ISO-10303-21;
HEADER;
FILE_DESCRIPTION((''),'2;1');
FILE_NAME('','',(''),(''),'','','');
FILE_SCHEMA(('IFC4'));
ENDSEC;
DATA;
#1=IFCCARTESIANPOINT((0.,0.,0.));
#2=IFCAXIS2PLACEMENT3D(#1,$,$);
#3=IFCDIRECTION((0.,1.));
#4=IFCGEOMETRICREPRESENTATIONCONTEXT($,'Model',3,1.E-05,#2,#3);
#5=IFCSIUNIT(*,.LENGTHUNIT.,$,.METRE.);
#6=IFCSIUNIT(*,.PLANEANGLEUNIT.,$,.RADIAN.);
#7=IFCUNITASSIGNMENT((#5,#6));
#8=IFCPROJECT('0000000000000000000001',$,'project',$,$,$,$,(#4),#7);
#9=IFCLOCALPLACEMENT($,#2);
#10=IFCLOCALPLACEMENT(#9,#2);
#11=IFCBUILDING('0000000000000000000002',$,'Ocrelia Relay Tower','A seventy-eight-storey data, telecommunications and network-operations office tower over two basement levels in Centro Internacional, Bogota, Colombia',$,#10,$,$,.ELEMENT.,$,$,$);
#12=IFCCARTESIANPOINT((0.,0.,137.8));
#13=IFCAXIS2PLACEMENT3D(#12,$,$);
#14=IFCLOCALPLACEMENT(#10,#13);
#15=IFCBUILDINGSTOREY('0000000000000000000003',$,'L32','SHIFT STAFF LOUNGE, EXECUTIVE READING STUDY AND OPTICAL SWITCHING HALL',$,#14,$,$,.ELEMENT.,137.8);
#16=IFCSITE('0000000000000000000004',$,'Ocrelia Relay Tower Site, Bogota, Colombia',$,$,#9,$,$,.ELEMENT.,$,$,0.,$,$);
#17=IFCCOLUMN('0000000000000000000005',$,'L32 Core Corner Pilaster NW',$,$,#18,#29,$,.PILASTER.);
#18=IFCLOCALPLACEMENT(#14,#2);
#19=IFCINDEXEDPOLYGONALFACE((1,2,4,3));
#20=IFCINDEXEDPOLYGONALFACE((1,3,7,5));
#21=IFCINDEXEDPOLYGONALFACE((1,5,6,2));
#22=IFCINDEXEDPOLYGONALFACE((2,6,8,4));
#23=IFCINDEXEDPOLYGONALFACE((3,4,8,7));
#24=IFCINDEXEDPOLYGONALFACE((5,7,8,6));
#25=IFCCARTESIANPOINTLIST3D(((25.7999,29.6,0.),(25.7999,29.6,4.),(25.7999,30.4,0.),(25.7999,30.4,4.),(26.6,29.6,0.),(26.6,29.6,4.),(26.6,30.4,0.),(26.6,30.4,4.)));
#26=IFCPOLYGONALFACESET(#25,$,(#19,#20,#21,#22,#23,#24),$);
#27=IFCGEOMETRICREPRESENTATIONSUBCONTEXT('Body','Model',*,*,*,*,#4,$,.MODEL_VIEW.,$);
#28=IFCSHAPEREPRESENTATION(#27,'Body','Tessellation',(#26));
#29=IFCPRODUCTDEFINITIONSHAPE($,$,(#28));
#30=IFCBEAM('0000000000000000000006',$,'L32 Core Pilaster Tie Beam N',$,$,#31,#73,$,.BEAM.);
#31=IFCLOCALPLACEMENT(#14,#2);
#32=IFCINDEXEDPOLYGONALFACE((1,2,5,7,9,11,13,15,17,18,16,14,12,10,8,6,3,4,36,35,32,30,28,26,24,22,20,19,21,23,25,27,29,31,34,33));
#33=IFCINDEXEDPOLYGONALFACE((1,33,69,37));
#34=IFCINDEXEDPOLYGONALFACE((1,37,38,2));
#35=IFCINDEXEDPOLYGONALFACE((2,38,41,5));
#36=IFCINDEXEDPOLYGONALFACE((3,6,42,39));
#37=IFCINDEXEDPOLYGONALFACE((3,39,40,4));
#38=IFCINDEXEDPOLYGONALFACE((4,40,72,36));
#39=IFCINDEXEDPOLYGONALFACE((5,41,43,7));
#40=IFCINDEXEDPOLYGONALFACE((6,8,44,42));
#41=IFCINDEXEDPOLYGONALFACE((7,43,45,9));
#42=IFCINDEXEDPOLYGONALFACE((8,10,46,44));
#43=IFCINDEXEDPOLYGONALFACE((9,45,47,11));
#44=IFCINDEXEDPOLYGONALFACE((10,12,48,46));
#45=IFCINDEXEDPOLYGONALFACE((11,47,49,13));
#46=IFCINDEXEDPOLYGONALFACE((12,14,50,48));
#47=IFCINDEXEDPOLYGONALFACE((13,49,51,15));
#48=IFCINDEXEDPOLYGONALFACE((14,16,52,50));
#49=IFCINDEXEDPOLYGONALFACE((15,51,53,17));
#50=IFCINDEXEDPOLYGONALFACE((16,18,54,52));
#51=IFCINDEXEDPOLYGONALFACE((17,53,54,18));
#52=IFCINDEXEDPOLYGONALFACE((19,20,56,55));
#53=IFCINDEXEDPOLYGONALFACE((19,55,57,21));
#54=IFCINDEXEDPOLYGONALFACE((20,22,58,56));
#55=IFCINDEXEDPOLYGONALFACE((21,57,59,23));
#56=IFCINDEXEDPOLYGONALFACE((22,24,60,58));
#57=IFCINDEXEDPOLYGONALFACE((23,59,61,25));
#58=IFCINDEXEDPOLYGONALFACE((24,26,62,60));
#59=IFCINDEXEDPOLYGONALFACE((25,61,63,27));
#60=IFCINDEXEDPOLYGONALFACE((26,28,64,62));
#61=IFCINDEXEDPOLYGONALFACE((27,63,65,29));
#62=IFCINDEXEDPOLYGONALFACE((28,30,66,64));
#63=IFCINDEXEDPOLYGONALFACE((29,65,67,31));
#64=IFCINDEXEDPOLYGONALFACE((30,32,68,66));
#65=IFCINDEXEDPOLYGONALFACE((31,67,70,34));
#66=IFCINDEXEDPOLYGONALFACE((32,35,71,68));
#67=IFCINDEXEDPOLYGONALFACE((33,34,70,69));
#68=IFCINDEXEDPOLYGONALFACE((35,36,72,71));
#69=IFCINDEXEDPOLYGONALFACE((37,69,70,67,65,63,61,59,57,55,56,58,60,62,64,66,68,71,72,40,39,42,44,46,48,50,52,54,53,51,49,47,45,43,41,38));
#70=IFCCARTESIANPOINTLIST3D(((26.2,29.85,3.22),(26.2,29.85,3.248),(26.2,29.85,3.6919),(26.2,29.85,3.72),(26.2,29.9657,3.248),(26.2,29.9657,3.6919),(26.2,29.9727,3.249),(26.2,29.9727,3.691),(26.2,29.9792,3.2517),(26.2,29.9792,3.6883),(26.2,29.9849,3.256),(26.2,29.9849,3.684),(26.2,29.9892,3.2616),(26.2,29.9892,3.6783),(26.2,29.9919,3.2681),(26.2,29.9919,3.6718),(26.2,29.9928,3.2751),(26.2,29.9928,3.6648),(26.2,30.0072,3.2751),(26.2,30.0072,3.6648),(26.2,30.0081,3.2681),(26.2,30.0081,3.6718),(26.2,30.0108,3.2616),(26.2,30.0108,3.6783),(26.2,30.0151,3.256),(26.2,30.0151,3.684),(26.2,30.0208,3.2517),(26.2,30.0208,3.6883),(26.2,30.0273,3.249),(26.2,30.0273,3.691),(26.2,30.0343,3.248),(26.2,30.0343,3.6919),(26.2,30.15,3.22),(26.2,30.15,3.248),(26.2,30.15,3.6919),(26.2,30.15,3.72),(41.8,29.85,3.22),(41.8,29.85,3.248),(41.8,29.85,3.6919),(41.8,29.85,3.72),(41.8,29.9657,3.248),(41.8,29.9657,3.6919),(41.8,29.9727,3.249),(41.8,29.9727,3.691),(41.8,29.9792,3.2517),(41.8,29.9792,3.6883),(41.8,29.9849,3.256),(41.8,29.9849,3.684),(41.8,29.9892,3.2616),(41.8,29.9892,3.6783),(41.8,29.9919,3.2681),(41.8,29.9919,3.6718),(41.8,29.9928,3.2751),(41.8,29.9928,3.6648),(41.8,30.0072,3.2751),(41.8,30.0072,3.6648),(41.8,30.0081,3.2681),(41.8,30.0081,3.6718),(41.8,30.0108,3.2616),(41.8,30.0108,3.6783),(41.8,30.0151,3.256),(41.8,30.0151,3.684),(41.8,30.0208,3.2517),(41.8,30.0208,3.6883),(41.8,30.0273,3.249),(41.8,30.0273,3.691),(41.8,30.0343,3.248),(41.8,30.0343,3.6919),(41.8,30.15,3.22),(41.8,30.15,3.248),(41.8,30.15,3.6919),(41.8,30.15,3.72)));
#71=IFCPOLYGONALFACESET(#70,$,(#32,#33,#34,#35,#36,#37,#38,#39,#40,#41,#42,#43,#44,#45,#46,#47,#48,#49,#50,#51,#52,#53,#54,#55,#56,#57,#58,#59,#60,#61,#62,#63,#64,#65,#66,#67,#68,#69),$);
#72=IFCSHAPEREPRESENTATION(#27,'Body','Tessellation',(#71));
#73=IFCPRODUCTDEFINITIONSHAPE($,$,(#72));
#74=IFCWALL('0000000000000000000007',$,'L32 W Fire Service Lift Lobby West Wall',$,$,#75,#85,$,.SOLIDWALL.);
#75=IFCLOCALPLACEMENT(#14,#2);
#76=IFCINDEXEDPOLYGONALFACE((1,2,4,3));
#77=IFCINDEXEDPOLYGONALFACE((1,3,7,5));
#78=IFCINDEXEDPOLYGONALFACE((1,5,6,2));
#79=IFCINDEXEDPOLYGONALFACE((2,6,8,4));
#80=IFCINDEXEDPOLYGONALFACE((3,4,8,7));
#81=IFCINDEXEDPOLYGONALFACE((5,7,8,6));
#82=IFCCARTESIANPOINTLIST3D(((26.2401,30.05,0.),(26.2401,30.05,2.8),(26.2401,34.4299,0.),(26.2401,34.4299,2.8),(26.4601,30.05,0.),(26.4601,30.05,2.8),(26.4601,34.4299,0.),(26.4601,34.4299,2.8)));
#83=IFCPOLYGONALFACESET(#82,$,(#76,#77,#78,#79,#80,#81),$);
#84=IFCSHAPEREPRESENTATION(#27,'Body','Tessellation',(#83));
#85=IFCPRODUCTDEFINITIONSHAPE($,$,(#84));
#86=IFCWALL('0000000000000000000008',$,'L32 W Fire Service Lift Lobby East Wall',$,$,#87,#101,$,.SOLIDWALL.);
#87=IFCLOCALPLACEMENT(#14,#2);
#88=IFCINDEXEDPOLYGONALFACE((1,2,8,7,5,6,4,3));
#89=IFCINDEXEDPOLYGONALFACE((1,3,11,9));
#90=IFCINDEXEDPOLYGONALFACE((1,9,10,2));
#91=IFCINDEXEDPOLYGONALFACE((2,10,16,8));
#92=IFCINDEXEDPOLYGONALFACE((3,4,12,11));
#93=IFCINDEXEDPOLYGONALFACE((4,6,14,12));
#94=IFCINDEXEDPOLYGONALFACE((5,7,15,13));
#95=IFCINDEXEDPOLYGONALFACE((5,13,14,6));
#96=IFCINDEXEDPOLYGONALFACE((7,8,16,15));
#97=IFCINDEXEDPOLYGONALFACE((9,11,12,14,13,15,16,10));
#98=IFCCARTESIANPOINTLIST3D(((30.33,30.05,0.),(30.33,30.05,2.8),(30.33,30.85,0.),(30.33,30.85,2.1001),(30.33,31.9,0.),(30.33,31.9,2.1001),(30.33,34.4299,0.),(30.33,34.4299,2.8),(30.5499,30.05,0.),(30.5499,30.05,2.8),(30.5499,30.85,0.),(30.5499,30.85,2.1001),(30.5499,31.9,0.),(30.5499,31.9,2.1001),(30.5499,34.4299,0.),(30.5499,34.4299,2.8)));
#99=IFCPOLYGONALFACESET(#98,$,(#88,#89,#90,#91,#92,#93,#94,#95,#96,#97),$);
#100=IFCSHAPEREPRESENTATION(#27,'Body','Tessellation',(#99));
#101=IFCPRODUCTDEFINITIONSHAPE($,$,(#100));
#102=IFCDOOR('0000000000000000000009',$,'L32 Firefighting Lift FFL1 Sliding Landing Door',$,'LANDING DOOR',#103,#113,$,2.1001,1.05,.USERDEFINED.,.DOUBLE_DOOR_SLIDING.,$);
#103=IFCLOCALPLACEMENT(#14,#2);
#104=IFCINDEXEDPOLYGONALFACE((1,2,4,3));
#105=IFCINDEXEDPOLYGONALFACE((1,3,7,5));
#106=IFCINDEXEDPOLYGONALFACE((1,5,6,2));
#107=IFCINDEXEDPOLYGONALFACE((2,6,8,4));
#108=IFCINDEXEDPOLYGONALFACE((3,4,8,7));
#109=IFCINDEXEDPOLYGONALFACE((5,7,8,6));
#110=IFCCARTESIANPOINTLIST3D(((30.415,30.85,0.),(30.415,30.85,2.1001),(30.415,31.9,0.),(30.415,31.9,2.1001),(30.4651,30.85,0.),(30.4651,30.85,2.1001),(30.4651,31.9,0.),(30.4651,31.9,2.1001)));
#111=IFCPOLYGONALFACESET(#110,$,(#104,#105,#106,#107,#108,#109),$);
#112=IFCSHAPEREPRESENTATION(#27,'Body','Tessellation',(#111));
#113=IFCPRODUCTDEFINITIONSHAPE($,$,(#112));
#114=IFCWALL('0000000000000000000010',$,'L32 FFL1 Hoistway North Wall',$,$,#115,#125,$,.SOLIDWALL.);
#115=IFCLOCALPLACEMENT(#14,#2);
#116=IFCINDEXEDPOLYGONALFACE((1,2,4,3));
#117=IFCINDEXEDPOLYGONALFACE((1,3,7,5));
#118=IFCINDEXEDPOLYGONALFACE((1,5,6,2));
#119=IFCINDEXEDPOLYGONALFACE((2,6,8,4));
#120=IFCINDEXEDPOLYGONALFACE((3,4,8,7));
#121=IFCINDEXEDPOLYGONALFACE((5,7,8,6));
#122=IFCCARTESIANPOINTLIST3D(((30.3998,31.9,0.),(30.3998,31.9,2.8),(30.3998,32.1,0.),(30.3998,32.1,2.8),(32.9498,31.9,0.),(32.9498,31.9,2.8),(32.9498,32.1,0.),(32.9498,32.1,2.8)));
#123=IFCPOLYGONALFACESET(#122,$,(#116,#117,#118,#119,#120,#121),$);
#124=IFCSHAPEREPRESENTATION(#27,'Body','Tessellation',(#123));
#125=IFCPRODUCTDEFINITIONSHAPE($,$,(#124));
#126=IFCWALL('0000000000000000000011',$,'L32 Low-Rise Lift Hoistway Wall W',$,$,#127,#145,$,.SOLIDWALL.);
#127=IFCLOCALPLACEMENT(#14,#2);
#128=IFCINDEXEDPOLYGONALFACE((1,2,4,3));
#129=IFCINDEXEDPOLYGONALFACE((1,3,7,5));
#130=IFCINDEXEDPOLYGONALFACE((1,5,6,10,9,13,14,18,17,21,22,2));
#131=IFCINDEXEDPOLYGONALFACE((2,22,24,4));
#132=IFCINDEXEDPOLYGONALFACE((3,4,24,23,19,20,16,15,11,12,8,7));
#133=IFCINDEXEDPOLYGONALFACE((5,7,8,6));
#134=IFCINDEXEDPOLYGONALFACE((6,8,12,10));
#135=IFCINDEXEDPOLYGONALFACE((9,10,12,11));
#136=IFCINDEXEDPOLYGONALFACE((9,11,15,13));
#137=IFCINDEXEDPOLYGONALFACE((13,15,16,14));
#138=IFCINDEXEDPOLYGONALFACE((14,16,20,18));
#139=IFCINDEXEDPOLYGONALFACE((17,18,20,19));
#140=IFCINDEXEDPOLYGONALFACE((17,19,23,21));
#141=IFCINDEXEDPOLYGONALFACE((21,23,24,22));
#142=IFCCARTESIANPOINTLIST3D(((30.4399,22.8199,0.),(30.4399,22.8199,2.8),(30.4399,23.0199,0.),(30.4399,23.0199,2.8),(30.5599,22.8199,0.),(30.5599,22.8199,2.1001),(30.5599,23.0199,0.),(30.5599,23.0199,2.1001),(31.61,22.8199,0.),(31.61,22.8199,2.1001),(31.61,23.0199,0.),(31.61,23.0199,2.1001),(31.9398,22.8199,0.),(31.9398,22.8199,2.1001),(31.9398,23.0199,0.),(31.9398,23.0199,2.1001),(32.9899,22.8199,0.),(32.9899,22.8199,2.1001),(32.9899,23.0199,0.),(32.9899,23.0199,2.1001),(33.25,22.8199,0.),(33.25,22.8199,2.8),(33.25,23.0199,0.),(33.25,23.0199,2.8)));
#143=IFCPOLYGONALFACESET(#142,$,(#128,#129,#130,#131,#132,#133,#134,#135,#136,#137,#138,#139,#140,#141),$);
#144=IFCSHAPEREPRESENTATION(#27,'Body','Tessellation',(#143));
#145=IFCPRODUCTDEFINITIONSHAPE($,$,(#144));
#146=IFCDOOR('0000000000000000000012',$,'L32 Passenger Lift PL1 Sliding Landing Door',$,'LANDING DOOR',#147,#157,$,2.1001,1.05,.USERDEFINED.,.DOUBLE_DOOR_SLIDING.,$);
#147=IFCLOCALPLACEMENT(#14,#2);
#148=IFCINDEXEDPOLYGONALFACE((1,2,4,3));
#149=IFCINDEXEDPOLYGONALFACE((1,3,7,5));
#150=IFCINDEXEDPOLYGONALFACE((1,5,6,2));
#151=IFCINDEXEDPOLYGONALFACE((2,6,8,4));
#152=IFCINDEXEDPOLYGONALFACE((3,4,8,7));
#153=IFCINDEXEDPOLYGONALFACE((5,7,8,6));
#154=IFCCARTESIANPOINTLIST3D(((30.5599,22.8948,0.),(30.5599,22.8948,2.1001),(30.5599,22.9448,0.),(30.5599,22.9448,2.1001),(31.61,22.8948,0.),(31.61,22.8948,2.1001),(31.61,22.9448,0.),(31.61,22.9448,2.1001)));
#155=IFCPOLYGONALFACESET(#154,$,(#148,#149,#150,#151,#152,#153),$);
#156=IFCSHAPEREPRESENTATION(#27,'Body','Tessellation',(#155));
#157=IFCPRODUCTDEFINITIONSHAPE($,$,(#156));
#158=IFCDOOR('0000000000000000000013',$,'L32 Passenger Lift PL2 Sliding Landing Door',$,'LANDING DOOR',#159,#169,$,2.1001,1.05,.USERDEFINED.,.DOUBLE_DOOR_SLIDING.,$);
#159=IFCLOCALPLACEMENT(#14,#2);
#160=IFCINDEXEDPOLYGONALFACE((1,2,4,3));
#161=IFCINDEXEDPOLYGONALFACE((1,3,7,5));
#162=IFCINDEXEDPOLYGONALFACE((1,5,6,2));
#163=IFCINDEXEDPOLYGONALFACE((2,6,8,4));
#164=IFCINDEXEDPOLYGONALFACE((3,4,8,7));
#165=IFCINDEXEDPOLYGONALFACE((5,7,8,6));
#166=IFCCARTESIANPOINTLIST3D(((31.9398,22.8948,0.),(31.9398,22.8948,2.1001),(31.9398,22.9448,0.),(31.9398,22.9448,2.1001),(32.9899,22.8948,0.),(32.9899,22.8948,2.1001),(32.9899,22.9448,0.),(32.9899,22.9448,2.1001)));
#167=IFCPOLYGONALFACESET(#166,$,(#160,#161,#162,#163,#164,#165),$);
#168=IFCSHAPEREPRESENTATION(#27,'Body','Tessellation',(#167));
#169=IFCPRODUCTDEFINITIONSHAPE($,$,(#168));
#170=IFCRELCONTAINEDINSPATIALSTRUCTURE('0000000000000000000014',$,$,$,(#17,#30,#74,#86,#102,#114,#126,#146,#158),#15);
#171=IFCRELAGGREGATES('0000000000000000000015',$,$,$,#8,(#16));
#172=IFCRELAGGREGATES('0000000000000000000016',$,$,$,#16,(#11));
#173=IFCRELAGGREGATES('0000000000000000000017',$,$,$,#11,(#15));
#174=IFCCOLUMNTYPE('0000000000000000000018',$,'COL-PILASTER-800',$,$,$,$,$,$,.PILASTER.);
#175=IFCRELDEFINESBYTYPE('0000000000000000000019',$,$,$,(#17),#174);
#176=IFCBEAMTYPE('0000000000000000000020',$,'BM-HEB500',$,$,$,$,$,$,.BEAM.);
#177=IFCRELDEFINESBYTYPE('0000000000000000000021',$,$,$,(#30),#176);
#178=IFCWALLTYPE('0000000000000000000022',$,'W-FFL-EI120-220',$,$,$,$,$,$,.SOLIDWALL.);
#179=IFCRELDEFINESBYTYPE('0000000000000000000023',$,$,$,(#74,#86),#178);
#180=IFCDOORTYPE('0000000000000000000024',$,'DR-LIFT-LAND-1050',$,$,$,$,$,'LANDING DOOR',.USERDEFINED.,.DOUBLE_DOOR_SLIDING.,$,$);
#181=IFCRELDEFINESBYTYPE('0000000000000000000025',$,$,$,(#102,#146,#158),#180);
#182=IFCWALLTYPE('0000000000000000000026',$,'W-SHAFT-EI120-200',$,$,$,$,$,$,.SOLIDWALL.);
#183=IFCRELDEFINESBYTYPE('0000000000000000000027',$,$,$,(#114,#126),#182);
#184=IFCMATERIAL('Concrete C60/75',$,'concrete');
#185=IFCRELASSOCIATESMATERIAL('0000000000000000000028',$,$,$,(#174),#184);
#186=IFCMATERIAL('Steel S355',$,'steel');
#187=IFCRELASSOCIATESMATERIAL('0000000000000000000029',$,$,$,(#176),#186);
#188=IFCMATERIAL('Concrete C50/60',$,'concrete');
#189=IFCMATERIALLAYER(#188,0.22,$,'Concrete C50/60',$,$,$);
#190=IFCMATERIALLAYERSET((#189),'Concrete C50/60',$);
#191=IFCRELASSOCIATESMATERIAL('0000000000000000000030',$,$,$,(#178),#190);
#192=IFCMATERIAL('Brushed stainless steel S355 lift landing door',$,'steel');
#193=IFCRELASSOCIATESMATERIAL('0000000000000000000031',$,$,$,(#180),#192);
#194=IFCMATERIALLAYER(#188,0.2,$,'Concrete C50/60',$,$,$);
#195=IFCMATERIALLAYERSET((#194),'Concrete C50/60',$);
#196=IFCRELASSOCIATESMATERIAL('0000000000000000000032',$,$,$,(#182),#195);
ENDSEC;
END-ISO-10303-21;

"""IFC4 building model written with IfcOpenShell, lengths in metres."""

from ifc_helpers import new_model, si_unit, direction, frame, frame_2d, origin, origin_2d, place, context, subcontext, project, spatial, rectangle, i_section, extrude, material, layer, layer_set, material_profile, profile_set, type_object, element, fill, save


model = new_model("IFC4")

# Units and contexts
model_context = context("Model", 3, precision=1e-05, world=origin(), true_north=direction((0.0, 1.0)))
body_context = subcontext(model_context, "Body", "Model", "MODEL_VIEW")
ifc_project = project(units=[si_unit("LENGTHUNIT", "METRE"), si_unit("PLANEANGLEUNIT", "RADIAN")], contexts=[model_context])

# Site, building, storey
site_placement = place(None, origin())
site = spatial("IfcSite", under=ifc_project, at=site_placement, Name="Ocrelia Relay Tower Site, Bogota, Colombia", CompositionType="ELEMENT", RefElevation=0.0)
building_placement = place(site_placement, origin())
building = spatial("IfcBuilding", under=site, at=building_placement, Name="Ocrelia Relay Tower", Description="A seventy-eight-storey data, telecommunications and network-operations office tower over two basement levels in Centro Internacional, Bogota, Colombia", CompositionType="ELEMENT")
storey_placement = place(building_placement, frame((0.0, 0.0, 137.8)))
storey = spatial("IfcBuildingStorey", under=building, at=storey_placement, Name="L32", Description="SHIFT STAFF LOUNGE, EXECUTIVE READING STUDY AND OPTICAL SWITCHING HALL", CompositionType="ELEMENT", Elevation=137.8)

# Column
ifc_material_1 = material(Name="Concrete C60/75", Category="concrete")
ifc_material_profile_1 = material_profile(ifc_material_1, rectangle(XDim=0.8, YDim=0.8, at=origin_2d()), Name="RC-COL-800x800")
ifc_profile_set_1 = profile_set([ifc_material_profile_1], Name="Concrete C60/75")
column_type = type_object("IfcColumnType", Name="COL-PILASTER-800", PredefinedType="PILASTER", material=ifc_profile_set_1)
column_placement = place(storey_placement, frame((26.2, 30.0, 0.0), z_axis=(0.0, 0.0, 1.0), x_axis=(1.0, 0.0, 0.0)))
element("IfcColumn", 1, at=column_placement, inside=storey, type_object=column_type, Name="L32 Core Corner Pilaster NW", PredefinedType="PILASTER", context=body_context, shape_type="SweptSolid", body=[
    extrude(rectangle(XDim=0.8, YDim=0.8, at=origin_2d()), origin(), (0.0, 0.0, 1.0), 4.0),
])

# Beam
ifc_material_2 = material(Name="Steel S355", Category="steel")
ifc_material_profile_2 = material_profile(ifc_material_2, i_section(OverallWidth=0.3, OverallDepth=0.5, WebThickness=0.0144, FlangeThickness=0.0281, FilletRadius=0.0271, at=origin_2d()), Name="HEB 500")
ifc_profile_set_2 = profile_set([ifc_material_profile_2], Name="Steel S355")
beam_type = type_object("IfcBeamType", Name="BM-HEB500", PredefinedType="BEAM", material=ifc_profile_set_2)
beam_placement = place(storey_placement, frame((26.2, 30.0, 3.47), z_axis=(1.0, 0.0, 0.0), x_axis=(0.0, 1.0, 0.0)))
element("IfcBeam", 2, at=beam_placement, inside=storey, type_object=beam_type, Name="L32 Core Pilaster Tie Beam N", PredefinedType="BEAM", context=body_context, shape_type="SweptSolid", body=[
    extrude(i_section(OverallWidth=0.3, OverallDepth=0.5, WebThickness=0.0144, FlangeThickness=0.0281, FilletRadius=0.0271, at=origin_2d()), origin(), (0.0, 0.0, 1.0), 15.6001),
])

# Wall
ifc_material_3 = material(Name="Concrete C50/60", Category="concrete")
ifc_layer_1 = layer(ifc_material_3, 0.22, Name="Concrete C50/60")
ifc_layer_set_1 = layer_set([ifc_layer_1], Name="Concrete C50/60")
wall_type_1 = type_object("IfcWallType", Name="W-FFL-EI120-220", PredefinedType="SOLIDWALL", material=ifc_layer_set_1)
wall_1_placement = place(storey_placement, frame((26.3501, 30.05, 0.0), z_axis=(0.0, 0.0, 1.0), x_axis=(0.0, 1.0, 0.0)))
element("IfcWall", 3, at=wall_1_placement, inside=storey, type_object=wall_type_1, Name="L32 W Fire Service Lift Lobby West Wall", PredefinedType="SOLIDWALL", context=body_context, shape_type="SweptSolid", body=[
    extrude(rectangle(XDim=4.3799, YDim=0.22, at=frame_2d((2.1899, 0.0))), origin(), (0.0, 0.0, 1.0), 2.8),
])

# Wall, opening, door
wall_2_placement = place(storey_placement, frame((30.4399, 30.05, 0.0), z_axis=(0.0, 0.0, 1.0), x_axis=(0.0, 1.0, 0.0)))
wall_2 = element("IfcWall", 4, at=wall_2_placement, inside=storey, type_object=wall_type_1, Name="L32 W Fire Service Lift Lobby East Wall", PredefinedType="SOLIDWALL", context=body_context, shape_type="SweptSolid", body=[
    extrude(rectangle(XDim=4.3799, YDim=0.22, at=frame_2d((2.1899, 0.0))), origin(), (0.0, 0.0, 1.0), 2.8),
])
opening_1_placement = place(wall_2_placement, frame((0.8, 0.0, 0.0)))
opening_1 = element("IfcOpeningElement", 5, at=opening_1_placement, cuts=wall_2, PredefinedType="OPENING", context=body_context, shape_type="SweptSolid", body=[
    extrude(rectangle(XDim=1.05, YDim=2.1001, at=frame_2d((0.5249, 1.05))), frame((0.0, 0.1201, 0.0), z_axis=(0.0, -1.0, 0.0), x_axis=(1.0, 0.0, 0.0)), (0.0, 0.0, 1.0), 0.24),
])
ifc_material_4 = material(Name="Brushed stainless steel S355 lift landing door", Category="steel")
door_type_1 = type_object("IfcDoorType", Name="DR-LIFT-LAND-1050", ElementType="LANDING DOOR", OperationType="DOUBLE_DOOR_SLIDING", PredefinedType="USERDEFINED", material=ifc_material_4)
door_1_placement = place(opening_1_placement, origin())
door_1 = element("IfcDoor", 6, at=door_1_placement, inside=storey, type_object=door_type_1, Name="L32 Firefighting Lift FFL1 Sliding Landing Door", ObjectType="LANDING DOOR", OperationType="DOUBLE_DOOR_SLIDING", OverallHeight=2.1001, OverallWidth=1.05, PredefinedType="USERDEFINED", context=body_context, shape_type="SweptSolid", body=[
    extrude(rectangle(XDim=1.05, YDim=2.1001, at=frame_2d((0.5249, 1.05))), frame((0.0, 0.0249, 0.0), z_axis=(0.0, -1.0, 0.0), x_axis=(1.0, 0.0, 0.0)), (0.0, 0.0, 1.0), 0.05),
])
fill(opening_1, door_1)

# Wall
ifc_layer_2 = layer(ifc_material_3, 0.2, Name="Concrete C50/60")
ifc_layer_set_2 = layer_set([ifc_layer_2], Name="Concrete C50/60")
wall_type_2 = type_object("IfcWallType", Name="W-SHAFT-EI120-200", PredefinedType="SOLIDWALL", material=ifc_layer_set_2)
wall_3_placement = place(storey_placement, frame((30.3999, 32.0, 0.0), z_axis=(0.0, 0.0, 1.0), x_axis=(1.0, 0.0, 0.0)))
element("IfcWall", 7, at=wall_3_placement, inside=storey, type_object=wall_type_2, Name="L32 FFL1 Hoistway North Wall", PredefinedType="SOLIDWALL", context=body_context, shape_type="SweptSolid", body=[
    extrude(rectangle(XDim=2.55, YDim=0.2, at=frame_2d((1.2749, 0.0))), origin(), (0.0, 0.0, 1.0), 2.8),
])

# Wall, openings, doors
wall_4_placement = place(storey_placement, frame((30.4399, 22.9199, 0.0), z_axis=(0.0, 0.0, 1.0), x_axis=(1.0, 0.0, 0.0)))
wall_4 = element("IfcWall", 8, at=wall_4_placement, inside=storey, type_object=wall_type_2, Name="L32 Low-Rise Lift Hoistway Wall W", PredefinedType="SOLIDWALL", context=body_context, shape_type="SweptSolid", body=[
    extrude(rectangle(XDim=2.8101, YDim=0.2, at=frame_2d((1.405, 0.0))), origin(), (0.0, 0.0, 1.0), 2.8),
])
opening_2_placement = place(wall_4_placement, frame((0.1201, 0.0, 0.0)))
opening_2 = element("IfcOpeningElement", 9, at=opening_2_placement, cuts=wall_4, PredefinedType="OPENING", context=body_context, shape_type="SweptSolid", body=[
    extrude(rectangle(XDim=1.05, YDim=2.1001, at=frame_2d((0.5249, 1.05))), frame((0.0, 0.1099, 0.0), z_axis=(0.0, -1.0, 0.0), x_axis=(1.0, 0.0, 0.0)), (0.0, 0.0, 1.0), 0.22),
])
opening_3_placement = place(wall_4_placement, frame((1.5, 0.0, 0.0)))
opening_3 = element("IfcOpeningElement", 10, at=opening_3_placement, cuts=wall_4, PredefinedType="OPENING", context=body_context, shape_type="SweptSolid", body=[
    extrude(rectangle(XDim=1.05, YDim=2.1001, at=frame_2d((0.5249, 1.05))), frame((0.0, 0.1099, 0.0), z_axis=(0.0, -1.0, 0.0), x_axis=(1.0, 0.0, 0.0)), (0.0, 0.0, 1.0), 0.22),
])
door_2_placement = place(opening_2_placement, origin())
door_2 = element("IfcDoor", 11, at=door_2_placement, inside=storey, type_object=door_type_1, Name="L32 Passenger Lift PL1 Sliding Landing Door", ObjectType="LANDING DOOR", OperationType="DOUBLE_DOOR_SLIDING", OverallHeight=2.1001, OverallWidth=1.05, PredefinedType="USERDEFINED", context=body_context, shape_type="SweptSolid", body=[
    extrude(rectangle(XDim=1.05, YDim=2.1001, at=frame_2d((0.5249, 1.05))), frame((0.0, 0.0249, 0.0), z_axis=(0.0, -1.0, 0.0), x_axis=(1.0, 0.0, 0.0)), (0.0, 0.0, 1.0), 0.05),
])
fill(opening_2, door_2)
door_3_placement = place(opening_3_placement, origin())
door_3 = element("IfcDoor", 12, at=door_3_placement, inside=storey, type_object=door_type_1, Name="L32 Passenger Lift PL2 Sliding Landing Door", ObjectType="LANDING DOOR", OperationType="DOUBLE_DOOR_SLIDING", OverallHeight=2.1001, OverallWidth=1.05, PredefinedType="USERDEFINED", context=body_context, shape_type="SweptSolid", body=[
    extrude(rectangle(XDim=1.05, YDim=2.1001, at=frame_2d((0.5249, 1.05))), frame((0.0, 0.0249, 0.0), z_axis=(0.0, -1.0, 0.0), x_axis=(1.0, 0.0, 0.0)), (0.0, 0.0, 1.0), 0.05),
])
fill(opening_3, door_3)

save(model, "model.ifc")
